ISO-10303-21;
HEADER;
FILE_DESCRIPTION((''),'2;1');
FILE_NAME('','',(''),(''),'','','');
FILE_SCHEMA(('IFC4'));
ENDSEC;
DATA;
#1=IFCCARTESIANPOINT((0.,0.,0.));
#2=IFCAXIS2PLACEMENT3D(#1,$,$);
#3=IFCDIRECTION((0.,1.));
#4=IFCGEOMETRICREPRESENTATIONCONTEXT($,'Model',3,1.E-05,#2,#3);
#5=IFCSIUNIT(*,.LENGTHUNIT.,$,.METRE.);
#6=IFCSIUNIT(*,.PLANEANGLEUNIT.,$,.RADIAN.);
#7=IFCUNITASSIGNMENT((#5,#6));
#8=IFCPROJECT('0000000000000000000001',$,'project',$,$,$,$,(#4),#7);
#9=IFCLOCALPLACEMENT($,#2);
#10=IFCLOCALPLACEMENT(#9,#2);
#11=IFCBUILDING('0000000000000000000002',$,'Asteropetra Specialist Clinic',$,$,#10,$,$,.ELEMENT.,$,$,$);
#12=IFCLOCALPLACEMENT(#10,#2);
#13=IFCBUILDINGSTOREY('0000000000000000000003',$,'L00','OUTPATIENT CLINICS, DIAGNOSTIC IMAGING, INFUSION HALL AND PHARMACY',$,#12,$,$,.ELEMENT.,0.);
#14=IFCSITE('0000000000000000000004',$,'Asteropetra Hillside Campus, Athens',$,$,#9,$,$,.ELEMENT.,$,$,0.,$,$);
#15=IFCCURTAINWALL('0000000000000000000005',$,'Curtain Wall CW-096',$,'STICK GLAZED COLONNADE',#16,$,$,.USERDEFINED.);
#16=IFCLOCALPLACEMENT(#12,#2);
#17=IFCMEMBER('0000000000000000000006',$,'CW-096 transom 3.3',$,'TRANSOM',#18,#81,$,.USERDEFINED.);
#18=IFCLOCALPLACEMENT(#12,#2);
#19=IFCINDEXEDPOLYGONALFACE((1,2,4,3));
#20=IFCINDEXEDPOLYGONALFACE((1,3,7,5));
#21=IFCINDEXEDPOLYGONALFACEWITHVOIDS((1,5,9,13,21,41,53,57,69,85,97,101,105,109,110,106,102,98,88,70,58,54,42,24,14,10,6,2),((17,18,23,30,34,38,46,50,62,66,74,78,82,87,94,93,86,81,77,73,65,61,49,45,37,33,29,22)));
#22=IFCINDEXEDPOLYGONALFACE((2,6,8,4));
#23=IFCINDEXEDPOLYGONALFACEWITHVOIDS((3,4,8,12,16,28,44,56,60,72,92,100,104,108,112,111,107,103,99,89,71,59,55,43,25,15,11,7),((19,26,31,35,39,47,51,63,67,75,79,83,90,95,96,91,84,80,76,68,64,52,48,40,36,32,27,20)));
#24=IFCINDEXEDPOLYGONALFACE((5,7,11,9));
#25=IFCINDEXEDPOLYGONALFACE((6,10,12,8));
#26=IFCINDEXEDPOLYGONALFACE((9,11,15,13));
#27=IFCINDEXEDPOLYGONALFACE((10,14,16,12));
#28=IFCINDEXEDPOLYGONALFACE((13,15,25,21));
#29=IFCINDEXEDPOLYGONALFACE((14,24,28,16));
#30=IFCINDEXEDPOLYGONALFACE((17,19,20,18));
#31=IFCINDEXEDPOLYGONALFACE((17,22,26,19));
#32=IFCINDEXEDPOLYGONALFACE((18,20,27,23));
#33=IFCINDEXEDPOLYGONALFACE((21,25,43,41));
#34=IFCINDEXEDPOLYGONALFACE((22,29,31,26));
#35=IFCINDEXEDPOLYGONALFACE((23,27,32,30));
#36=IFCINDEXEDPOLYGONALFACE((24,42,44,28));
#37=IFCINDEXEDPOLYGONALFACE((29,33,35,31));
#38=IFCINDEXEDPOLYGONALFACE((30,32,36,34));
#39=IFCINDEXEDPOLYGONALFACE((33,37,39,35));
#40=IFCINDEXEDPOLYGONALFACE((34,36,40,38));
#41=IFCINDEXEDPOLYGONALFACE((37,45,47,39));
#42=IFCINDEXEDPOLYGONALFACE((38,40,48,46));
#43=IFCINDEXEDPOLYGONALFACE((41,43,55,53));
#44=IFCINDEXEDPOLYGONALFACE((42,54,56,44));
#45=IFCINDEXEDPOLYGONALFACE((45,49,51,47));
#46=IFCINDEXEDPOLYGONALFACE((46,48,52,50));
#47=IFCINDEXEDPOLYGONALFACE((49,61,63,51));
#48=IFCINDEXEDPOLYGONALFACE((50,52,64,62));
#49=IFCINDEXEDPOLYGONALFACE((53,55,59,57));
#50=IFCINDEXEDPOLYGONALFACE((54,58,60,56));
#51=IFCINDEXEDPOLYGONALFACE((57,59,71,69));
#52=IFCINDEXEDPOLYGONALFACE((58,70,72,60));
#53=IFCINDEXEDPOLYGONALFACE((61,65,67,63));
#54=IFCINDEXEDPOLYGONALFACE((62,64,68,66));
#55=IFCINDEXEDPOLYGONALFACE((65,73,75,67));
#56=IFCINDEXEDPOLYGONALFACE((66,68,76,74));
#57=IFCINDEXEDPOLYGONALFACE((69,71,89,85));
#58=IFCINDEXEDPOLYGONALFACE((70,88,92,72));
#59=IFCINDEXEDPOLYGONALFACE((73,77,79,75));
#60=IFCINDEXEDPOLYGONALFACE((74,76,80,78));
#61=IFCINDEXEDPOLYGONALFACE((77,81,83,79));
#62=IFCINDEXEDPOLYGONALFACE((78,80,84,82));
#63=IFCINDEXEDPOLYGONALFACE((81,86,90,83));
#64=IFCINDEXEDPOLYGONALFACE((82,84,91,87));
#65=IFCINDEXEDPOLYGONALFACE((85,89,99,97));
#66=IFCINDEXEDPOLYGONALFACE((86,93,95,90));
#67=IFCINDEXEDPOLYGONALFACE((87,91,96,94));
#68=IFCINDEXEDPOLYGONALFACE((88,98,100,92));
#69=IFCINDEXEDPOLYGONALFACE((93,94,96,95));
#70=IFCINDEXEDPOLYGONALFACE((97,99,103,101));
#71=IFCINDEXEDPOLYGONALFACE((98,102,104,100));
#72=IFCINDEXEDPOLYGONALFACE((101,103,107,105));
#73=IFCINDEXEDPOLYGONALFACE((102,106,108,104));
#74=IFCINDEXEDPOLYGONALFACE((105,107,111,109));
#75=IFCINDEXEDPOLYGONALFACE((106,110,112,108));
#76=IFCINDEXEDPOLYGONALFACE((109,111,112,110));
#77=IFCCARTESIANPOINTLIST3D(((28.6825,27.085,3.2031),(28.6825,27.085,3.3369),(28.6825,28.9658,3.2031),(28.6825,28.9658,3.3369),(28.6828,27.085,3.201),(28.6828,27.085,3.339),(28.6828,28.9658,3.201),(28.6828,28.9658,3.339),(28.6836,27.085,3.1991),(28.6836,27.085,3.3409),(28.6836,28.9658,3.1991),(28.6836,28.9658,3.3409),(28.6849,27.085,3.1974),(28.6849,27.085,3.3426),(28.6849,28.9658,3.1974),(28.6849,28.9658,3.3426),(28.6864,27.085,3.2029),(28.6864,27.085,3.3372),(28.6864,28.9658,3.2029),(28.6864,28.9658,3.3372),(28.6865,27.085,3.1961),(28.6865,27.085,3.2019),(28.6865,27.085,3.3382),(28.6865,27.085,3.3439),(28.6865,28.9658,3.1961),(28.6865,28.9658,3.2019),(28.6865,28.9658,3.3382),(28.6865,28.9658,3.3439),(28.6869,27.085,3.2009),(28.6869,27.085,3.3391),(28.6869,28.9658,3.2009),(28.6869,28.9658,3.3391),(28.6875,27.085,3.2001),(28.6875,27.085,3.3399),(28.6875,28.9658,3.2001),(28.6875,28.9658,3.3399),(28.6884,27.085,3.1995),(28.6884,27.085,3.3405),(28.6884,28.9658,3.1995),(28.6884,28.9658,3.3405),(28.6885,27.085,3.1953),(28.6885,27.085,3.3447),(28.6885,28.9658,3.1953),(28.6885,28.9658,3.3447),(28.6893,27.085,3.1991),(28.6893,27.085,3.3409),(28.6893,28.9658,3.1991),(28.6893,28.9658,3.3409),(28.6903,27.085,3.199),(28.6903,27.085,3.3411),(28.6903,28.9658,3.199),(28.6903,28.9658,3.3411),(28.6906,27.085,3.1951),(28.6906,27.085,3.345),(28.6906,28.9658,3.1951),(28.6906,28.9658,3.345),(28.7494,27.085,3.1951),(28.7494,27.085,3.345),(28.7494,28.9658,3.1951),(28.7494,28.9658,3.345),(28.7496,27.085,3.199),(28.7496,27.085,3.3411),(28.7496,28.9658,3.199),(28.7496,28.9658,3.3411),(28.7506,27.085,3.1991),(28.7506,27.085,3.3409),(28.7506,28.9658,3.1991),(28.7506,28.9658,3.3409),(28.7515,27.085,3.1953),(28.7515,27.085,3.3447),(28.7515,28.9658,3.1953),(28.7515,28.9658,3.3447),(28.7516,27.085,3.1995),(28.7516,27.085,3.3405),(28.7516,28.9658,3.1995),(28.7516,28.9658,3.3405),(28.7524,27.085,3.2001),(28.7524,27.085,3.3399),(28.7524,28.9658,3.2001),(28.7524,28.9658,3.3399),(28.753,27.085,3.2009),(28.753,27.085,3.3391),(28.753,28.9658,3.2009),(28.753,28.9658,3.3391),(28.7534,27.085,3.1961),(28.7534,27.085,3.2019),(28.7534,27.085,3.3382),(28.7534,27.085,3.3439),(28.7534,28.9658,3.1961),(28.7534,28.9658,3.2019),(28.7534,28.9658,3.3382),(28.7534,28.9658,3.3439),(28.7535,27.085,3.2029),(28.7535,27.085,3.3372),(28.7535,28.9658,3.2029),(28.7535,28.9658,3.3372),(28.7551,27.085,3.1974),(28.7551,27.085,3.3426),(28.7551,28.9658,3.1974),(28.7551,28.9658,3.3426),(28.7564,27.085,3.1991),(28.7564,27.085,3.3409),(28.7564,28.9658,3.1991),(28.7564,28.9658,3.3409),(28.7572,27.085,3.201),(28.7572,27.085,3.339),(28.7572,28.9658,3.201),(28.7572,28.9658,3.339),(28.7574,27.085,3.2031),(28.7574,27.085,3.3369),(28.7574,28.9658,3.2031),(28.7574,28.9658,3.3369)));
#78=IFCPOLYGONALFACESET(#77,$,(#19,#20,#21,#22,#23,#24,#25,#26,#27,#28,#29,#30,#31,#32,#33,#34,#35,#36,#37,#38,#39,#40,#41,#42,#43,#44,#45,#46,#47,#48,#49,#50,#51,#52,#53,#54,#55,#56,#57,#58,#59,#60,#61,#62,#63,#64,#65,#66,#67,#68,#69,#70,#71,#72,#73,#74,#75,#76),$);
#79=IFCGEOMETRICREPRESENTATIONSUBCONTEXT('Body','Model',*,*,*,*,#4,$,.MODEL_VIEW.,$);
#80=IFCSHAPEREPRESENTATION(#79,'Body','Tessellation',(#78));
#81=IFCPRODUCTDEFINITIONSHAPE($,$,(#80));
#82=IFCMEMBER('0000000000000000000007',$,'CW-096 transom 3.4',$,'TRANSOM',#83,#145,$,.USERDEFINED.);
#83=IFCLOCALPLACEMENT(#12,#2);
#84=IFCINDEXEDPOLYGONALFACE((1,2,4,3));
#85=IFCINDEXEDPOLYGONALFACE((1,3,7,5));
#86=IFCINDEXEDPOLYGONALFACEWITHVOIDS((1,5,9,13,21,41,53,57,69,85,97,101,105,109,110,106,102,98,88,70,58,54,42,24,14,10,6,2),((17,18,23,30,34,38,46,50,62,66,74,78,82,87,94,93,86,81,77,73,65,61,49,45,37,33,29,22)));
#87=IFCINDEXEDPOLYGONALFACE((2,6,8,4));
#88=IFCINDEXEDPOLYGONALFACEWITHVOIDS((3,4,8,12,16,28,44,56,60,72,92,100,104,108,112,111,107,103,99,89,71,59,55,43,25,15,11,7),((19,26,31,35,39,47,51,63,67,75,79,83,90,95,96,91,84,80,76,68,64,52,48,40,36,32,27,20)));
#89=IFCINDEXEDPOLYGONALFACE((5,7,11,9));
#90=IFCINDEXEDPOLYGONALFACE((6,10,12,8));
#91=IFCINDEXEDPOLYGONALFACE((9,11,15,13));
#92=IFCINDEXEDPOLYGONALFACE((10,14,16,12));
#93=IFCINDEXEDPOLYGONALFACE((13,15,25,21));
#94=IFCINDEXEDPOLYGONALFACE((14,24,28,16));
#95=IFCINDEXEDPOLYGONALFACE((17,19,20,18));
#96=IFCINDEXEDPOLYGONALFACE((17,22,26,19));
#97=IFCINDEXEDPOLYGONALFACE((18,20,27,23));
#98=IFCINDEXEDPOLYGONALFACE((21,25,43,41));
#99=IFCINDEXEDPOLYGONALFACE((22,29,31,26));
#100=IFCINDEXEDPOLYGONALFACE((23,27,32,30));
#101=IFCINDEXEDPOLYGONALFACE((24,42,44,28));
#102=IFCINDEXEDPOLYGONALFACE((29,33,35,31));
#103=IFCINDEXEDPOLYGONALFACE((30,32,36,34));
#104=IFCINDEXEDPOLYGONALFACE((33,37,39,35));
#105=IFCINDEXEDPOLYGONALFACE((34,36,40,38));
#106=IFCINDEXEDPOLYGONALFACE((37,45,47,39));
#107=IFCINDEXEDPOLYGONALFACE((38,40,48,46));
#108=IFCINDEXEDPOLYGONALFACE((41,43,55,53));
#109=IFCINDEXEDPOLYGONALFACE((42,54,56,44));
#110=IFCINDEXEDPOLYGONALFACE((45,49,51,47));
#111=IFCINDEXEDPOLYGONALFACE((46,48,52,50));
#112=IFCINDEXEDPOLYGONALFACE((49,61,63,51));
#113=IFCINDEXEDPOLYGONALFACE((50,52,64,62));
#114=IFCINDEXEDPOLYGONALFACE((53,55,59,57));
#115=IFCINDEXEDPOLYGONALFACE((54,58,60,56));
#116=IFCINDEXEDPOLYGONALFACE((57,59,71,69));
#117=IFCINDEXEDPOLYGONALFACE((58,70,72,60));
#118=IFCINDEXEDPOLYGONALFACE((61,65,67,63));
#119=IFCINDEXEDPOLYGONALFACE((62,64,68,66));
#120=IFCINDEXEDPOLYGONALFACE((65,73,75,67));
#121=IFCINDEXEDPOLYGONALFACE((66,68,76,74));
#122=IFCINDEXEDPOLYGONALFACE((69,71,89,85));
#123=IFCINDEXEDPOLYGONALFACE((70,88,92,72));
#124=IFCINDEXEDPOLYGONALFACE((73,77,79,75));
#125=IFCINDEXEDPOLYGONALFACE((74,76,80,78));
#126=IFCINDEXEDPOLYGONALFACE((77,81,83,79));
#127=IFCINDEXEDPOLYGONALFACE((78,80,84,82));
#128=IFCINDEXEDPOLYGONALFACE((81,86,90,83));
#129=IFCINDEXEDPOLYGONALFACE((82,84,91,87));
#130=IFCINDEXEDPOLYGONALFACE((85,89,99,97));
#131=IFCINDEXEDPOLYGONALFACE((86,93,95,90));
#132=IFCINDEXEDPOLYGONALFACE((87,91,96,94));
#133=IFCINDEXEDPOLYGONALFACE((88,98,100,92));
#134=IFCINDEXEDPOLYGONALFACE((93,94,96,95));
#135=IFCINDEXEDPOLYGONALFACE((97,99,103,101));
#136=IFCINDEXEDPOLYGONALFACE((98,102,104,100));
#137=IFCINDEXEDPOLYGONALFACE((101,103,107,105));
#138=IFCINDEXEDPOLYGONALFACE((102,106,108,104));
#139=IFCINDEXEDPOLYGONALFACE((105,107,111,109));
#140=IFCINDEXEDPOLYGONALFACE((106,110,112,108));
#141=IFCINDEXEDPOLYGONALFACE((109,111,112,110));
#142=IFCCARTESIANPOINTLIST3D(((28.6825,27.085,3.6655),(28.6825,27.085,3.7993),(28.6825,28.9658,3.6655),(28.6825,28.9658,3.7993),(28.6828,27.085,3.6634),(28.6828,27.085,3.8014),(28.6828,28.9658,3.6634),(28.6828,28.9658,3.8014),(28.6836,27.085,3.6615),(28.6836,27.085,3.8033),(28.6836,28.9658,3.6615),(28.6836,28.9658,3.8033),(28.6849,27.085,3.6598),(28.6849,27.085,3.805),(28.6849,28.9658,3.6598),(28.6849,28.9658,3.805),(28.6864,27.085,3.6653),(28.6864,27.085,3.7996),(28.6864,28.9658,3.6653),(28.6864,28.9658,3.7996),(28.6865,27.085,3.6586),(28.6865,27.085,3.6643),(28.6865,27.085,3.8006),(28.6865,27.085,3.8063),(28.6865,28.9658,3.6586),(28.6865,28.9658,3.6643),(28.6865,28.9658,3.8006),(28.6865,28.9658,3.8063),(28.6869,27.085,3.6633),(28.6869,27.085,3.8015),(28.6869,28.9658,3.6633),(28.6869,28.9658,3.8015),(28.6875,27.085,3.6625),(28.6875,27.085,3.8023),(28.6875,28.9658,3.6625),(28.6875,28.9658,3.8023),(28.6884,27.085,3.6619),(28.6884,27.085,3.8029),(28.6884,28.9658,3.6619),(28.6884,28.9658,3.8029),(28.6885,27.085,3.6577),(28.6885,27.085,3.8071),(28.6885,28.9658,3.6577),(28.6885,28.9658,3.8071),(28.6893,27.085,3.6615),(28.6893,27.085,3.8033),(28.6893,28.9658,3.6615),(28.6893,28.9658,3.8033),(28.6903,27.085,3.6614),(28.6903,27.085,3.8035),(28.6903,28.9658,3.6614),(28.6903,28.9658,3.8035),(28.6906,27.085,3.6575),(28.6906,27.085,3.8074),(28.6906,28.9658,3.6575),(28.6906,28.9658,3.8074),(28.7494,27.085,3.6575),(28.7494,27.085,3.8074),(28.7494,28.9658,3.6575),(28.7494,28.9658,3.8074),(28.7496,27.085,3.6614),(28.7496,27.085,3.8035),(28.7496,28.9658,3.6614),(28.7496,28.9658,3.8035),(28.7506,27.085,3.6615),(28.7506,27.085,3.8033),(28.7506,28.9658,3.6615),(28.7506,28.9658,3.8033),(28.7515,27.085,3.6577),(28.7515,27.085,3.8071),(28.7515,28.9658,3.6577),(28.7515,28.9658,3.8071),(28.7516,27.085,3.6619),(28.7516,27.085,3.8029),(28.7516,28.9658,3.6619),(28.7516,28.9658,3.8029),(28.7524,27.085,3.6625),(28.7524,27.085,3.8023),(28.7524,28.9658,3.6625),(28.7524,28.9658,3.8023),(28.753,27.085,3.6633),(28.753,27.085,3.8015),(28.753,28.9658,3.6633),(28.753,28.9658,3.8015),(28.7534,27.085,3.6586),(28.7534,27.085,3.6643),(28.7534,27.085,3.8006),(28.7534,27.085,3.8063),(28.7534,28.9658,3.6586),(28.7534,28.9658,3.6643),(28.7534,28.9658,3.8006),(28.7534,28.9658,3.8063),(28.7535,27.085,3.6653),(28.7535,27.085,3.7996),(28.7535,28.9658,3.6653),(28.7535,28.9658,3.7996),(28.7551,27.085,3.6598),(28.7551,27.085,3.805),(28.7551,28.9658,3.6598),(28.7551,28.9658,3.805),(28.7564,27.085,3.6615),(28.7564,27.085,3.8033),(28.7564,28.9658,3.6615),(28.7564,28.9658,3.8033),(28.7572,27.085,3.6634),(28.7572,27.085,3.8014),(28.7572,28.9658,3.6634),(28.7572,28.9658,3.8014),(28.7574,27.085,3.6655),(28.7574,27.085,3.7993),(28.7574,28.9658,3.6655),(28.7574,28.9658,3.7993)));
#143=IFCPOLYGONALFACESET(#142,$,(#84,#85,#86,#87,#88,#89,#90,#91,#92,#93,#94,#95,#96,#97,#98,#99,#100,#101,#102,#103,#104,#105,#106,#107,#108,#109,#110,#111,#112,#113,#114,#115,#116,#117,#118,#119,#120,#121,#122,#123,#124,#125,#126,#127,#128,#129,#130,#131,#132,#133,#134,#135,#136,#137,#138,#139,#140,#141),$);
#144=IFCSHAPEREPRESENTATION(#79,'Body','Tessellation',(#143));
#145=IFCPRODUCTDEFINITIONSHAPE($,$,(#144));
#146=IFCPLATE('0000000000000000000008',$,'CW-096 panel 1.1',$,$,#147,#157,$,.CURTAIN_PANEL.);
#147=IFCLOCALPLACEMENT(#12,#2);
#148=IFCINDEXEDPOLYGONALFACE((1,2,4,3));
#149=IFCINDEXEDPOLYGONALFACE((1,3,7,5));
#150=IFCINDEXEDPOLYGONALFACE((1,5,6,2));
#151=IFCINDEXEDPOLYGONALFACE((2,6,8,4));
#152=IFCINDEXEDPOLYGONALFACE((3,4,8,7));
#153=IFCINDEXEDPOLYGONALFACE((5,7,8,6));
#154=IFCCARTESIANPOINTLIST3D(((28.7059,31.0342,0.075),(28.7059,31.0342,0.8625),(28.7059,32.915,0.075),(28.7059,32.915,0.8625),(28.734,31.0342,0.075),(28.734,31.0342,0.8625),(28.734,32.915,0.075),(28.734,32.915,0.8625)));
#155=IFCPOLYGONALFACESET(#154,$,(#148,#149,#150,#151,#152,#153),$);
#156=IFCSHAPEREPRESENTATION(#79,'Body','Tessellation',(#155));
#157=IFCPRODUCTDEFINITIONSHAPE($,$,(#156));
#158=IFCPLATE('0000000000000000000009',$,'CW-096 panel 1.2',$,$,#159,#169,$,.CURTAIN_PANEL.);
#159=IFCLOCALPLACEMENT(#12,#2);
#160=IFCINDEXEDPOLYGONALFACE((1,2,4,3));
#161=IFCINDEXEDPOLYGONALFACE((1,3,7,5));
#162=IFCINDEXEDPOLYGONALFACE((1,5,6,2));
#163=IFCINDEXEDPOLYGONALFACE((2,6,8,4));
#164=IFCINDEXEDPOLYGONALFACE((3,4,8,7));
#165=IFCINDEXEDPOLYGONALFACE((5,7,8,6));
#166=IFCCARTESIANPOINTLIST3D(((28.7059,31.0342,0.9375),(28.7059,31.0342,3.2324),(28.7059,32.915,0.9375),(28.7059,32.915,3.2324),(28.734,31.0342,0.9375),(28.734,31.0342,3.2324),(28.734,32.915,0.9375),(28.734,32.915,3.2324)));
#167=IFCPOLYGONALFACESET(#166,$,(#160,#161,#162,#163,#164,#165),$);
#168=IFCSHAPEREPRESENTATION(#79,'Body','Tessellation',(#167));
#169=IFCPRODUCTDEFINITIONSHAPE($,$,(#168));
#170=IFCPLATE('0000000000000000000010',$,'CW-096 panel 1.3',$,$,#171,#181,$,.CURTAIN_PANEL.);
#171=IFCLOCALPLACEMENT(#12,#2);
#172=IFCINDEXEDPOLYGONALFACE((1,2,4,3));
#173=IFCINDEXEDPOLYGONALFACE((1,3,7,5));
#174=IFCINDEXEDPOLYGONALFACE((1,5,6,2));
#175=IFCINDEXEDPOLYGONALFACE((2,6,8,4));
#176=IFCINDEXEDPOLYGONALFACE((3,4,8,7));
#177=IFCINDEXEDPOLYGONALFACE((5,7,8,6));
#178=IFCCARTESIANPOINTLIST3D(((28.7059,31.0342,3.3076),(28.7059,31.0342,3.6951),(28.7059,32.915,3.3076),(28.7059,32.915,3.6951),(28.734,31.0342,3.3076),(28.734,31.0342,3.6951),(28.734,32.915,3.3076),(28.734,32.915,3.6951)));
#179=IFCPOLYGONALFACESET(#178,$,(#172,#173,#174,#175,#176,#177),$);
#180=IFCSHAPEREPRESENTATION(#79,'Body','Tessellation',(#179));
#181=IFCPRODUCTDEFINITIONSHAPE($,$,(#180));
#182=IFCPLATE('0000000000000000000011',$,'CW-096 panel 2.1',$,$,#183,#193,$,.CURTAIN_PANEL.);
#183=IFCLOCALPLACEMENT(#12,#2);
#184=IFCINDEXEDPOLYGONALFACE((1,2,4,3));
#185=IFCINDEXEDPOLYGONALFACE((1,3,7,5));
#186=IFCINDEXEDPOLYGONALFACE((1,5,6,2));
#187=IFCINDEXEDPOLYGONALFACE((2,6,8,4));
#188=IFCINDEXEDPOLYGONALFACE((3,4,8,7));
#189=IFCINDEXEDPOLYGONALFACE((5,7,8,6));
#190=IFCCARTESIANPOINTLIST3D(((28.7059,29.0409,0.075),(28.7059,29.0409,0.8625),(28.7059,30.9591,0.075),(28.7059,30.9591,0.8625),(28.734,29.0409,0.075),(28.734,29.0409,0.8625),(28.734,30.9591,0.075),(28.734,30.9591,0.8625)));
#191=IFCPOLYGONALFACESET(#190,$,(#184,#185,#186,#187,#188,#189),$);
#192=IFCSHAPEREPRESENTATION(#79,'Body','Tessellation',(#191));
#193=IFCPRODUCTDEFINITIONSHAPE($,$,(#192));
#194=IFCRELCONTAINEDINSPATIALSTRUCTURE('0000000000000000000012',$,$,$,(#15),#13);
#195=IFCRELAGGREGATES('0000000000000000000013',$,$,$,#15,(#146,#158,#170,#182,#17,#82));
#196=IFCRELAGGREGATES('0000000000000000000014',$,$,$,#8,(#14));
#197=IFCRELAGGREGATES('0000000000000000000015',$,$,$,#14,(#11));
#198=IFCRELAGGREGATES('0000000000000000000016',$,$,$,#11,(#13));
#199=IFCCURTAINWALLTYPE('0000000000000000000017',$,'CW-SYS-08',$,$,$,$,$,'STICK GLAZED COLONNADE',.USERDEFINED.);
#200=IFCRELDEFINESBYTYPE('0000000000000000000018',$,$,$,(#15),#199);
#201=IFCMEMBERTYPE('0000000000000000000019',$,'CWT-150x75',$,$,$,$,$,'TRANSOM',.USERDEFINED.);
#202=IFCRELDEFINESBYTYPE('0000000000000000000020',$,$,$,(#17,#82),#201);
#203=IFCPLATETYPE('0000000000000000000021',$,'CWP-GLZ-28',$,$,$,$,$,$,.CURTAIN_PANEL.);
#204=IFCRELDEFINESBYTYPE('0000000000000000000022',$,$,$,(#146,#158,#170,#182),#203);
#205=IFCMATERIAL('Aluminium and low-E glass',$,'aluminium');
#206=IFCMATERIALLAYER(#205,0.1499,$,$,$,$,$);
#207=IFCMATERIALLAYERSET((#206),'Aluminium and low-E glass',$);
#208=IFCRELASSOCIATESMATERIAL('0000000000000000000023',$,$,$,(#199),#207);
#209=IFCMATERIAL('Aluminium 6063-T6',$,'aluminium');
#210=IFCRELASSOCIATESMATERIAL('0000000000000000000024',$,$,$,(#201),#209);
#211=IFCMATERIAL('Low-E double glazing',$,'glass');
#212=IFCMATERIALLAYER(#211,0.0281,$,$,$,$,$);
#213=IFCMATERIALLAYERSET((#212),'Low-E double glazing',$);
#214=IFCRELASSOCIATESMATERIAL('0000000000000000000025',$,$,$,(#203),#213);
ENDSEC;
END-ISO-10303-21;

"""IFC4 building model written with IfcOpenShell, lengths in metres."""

from ifc_helpers import new_model, si_unit, direction, frame, origin, origin_2d, place, context, subcontext, project, spatial, rectangle, hollow_rectangle, extrude, material, layer, layer_set, material_profile, profile_set, type_object, element, aggregate, save


model = new_model("IFC4")

# Units and contexts
model_context = context("Model", 3, precision=1e-05, world=origin(), true_north=direction((0.0, 1.0)))
body_context = subcontext(model_context, "Body", "Model", "MODEL_VIEW")
ifc_project = project(units=[si_unit("LENGTHUNIT", "METRE"), si_unit("PLANEANGLEUNIT", "RADIAN")], contexts=[model_context])

# Site, building, storey
site_placement = place(None, origin())
site = spatial("IfcSite", under=ifc_project, at=site_placement, Name="Asteropetra Hillside Campus, Athens", CompositionType="ELEMENT", RefElevation=0.0)
building_placement = place(site_placement, origin())
building = spatial("IfcBuilding", under=site, at=building_placement, Name="Asteropetra Specialist Clinic", CompositionType="ELEMENT")
storey_placement = place(building_placement, origin())
storey = spatial("IfcBuildingStorey", under=building, at=storey_placement, Name="L00", Description="OUTPATIENT CLINICS, DIAGNOSTIC IMAGING, INFUSION HALL AND PHARMACY", CompositionType="ELEMENT", Elevation=0.0)

# Curtain wall, members, plates
ifc_material_1 = material(Name="Aluminium and low-E glass", Category="aluminium")
ifc_layer_1 = layer(ifc_material_1, 0.1499)
ifc_layer_set_1 = layer_set([ifc_layer_1], Name="Aluminium and low-E glass")
curtain_wall_type = type_object("IfcCurtainWallType", Name="CW-SYS-08", ElementType="STICK GLAZED COLONNADE", PredefinedType="USERDEFINED", material=ifc_layer_set_1)
curtain_wall_placement = place(storey_placement, origin())
curtain_wall = element("IfcCurtainWall", 1, at=curtain_wall_placement, inside=storey, type_object=curtain_wall_type, Name="Curtain Wall CW-096", ObjectType="STICK GLAZED COLONNADE", PredefinedType="USERDEFINED")
ifc_material_2 = material(Name="Aluminium 6063-T6", Category="aluminium")
ifc_material_profile_1 = material_profile(ifc_material_2, hollow_rectangle(XDim=0.075, YDim=0.1499, WallThickness=0.0039, InnerFilletRadius=0.0039, OuterFilletRadius=0.0081, at=origin_2d()), Name="TRN 150x75x4.0")
ifc_profile_set_1 = profile_set([ifc_material_profile_1], Name="Aluminium 6063-T6")
member_type_1 = type_object("IfcMemberType", Name="CWT-150x75", ElementType="TRANSOM", PredefinedType="USERDEFINED", material=ifc_profile_set_1)
member_1_placement = place(storey_placement, frame((28.72, 28.9658, 3.27), z_axis=(0.0, -1.0, 0.0), x_axis=(1.0, 0.0, 0.0)))
member_1 = element("IfcMember", 2, at=member_1_placement, type_object=member_type_1, Name="CW-096 transom 3.3", ObjectType="TRANSOM", PredefinedType="USERDEFINED", context=body_context, shape_type="SweptSolid", body=[
    extrude(hollow_rectangle(XDim=0.075, YDim=0.1499, WallThickness=0.0039, InnerFilletRadius=0.0039, OuterFilletRadius=0.0081, at=origin_2d()), origin(), (0.0, 0.0, 1.0), 1.8809),
])
member_2_placement = place(storey_placement, frame((28.72, 28.9658, 3.7324), z_axis=(0.0, -1.0, 0.0), x_axis=(1.0, 0.0, 0.0)))
member_2 = element("IfcMember", 3, at=member_2_placement, type_object=member_type_1, Name="CW-096 transom 3.4", ObjectType="TRANSOM", PredefinedType="USERDEFINED", context=body_context, shape_type="SweptSolid", body=[
    extrude(hollow_rectangle(XDim=0.075, YDim=0.1499, WallThickness=0.0039, InnerFilletRadius=0.0039, OuterFilletRadius=0.0081, at=origin_2d()), origin(), (0.0, 0.0, 1.0), 1.8809),
])
ifc_material_3 = material(Name="Low-E double glazing", Category="glass")
ifc_layer_2 = layer(ifc_material_3, 0.0281)
ifc_layer_set_2 = layer_set([ifc_layer_2], Name="Low-E double glazing")
plate_type = type_object("IfcPlateType", Name="CWP-GLZ-28", PredefinedType="CURTAIN_PANEL", material=ifc_layer_set_2)
plate_1_placement = place(storey_placement, frame((28.72, 31.9746, 0.075), z_axis=(0.0, 0.0, 1.0), x_axis=(0.0, -1.0, 0.0)))
plate_1 = element("IfcPlate", 4, at=plate_1_placement, type_object=plate_type, Name="CW-096 panel 1.1", PredefinedType="CURTAIN_PANEL", context=body_context, shape_type="SweptSolid", body=[
    extrude(rectangle(XDim=1.8809, YDim=0.0281, at=origin_2d()), origin(), (0.0, 0.0, 1.0), 0.7876),
])
plate_2_placement = place(storey_placement, frame((28.72, 31.9746, 0.9375), z_axis=(0.0, 0.0, 1.0), x_axis=(0.0, -1.0, 0.0)))
plate_2 = element("IfcPlate", 5, at=plate_2_placement, type_object=plate_type, Name="CW-096 panel 1.2", PredefinedType="CURTAIN_PANEL", context=body_context, shape_type="SweptSolid", body=[
    extrude(rectangle(XDim=1.8809, YDim=0.0281, at=origin_2d()), origin(), (0.0, 0.0, 1.0), 2.2949),
])
plate_3_placement = place(storey_placement, frame((28.72, 31.9746, 3.3076), z_axis=(0.0, 0.0, 1.0), x_axis=(0.0, -1.0, 0.0)))
plate_3 = element("IfcPlate", 6, at=plate_3_placement, type_object=plate_type, Name="CW-096 panel 1.3", PredefinedType="CURTAIN_PANEL", context=body_context, shape_type="SweptSolid", body=[
    extrude(rectangle(XDim=1.8809, YDim=0.0281, at=origin_2d()), origin(), (0.0, 0.0, 1.0), 0.3875),
])
plate_4_placement = place(storey_placement, frame((28.72, 30.0, 0.075), z_axis=(0.0, 0.0, 1.0), x_axis=(0.0, -1.0, 0.0)))
plate_4 = element("IfcPlate", 7, at=plate_4_placement, type_object=plate_type, Name="CW-096 panel 2.1", PredefinedType="CURTAIN_PANEL", context=body_context, shape_type="SweptSolid", body=[
    extrude(rectangle(XDim=1.9182, YDim=0.0281, at=origin_2d()), origin(), (0.0, 0.0, 1.0), 0.7876),
])
aggregate(curtain_wall, [plate_1, plate_2, plate_3, plate_4, member_1, member_2])

save(model, "model.ifc")
